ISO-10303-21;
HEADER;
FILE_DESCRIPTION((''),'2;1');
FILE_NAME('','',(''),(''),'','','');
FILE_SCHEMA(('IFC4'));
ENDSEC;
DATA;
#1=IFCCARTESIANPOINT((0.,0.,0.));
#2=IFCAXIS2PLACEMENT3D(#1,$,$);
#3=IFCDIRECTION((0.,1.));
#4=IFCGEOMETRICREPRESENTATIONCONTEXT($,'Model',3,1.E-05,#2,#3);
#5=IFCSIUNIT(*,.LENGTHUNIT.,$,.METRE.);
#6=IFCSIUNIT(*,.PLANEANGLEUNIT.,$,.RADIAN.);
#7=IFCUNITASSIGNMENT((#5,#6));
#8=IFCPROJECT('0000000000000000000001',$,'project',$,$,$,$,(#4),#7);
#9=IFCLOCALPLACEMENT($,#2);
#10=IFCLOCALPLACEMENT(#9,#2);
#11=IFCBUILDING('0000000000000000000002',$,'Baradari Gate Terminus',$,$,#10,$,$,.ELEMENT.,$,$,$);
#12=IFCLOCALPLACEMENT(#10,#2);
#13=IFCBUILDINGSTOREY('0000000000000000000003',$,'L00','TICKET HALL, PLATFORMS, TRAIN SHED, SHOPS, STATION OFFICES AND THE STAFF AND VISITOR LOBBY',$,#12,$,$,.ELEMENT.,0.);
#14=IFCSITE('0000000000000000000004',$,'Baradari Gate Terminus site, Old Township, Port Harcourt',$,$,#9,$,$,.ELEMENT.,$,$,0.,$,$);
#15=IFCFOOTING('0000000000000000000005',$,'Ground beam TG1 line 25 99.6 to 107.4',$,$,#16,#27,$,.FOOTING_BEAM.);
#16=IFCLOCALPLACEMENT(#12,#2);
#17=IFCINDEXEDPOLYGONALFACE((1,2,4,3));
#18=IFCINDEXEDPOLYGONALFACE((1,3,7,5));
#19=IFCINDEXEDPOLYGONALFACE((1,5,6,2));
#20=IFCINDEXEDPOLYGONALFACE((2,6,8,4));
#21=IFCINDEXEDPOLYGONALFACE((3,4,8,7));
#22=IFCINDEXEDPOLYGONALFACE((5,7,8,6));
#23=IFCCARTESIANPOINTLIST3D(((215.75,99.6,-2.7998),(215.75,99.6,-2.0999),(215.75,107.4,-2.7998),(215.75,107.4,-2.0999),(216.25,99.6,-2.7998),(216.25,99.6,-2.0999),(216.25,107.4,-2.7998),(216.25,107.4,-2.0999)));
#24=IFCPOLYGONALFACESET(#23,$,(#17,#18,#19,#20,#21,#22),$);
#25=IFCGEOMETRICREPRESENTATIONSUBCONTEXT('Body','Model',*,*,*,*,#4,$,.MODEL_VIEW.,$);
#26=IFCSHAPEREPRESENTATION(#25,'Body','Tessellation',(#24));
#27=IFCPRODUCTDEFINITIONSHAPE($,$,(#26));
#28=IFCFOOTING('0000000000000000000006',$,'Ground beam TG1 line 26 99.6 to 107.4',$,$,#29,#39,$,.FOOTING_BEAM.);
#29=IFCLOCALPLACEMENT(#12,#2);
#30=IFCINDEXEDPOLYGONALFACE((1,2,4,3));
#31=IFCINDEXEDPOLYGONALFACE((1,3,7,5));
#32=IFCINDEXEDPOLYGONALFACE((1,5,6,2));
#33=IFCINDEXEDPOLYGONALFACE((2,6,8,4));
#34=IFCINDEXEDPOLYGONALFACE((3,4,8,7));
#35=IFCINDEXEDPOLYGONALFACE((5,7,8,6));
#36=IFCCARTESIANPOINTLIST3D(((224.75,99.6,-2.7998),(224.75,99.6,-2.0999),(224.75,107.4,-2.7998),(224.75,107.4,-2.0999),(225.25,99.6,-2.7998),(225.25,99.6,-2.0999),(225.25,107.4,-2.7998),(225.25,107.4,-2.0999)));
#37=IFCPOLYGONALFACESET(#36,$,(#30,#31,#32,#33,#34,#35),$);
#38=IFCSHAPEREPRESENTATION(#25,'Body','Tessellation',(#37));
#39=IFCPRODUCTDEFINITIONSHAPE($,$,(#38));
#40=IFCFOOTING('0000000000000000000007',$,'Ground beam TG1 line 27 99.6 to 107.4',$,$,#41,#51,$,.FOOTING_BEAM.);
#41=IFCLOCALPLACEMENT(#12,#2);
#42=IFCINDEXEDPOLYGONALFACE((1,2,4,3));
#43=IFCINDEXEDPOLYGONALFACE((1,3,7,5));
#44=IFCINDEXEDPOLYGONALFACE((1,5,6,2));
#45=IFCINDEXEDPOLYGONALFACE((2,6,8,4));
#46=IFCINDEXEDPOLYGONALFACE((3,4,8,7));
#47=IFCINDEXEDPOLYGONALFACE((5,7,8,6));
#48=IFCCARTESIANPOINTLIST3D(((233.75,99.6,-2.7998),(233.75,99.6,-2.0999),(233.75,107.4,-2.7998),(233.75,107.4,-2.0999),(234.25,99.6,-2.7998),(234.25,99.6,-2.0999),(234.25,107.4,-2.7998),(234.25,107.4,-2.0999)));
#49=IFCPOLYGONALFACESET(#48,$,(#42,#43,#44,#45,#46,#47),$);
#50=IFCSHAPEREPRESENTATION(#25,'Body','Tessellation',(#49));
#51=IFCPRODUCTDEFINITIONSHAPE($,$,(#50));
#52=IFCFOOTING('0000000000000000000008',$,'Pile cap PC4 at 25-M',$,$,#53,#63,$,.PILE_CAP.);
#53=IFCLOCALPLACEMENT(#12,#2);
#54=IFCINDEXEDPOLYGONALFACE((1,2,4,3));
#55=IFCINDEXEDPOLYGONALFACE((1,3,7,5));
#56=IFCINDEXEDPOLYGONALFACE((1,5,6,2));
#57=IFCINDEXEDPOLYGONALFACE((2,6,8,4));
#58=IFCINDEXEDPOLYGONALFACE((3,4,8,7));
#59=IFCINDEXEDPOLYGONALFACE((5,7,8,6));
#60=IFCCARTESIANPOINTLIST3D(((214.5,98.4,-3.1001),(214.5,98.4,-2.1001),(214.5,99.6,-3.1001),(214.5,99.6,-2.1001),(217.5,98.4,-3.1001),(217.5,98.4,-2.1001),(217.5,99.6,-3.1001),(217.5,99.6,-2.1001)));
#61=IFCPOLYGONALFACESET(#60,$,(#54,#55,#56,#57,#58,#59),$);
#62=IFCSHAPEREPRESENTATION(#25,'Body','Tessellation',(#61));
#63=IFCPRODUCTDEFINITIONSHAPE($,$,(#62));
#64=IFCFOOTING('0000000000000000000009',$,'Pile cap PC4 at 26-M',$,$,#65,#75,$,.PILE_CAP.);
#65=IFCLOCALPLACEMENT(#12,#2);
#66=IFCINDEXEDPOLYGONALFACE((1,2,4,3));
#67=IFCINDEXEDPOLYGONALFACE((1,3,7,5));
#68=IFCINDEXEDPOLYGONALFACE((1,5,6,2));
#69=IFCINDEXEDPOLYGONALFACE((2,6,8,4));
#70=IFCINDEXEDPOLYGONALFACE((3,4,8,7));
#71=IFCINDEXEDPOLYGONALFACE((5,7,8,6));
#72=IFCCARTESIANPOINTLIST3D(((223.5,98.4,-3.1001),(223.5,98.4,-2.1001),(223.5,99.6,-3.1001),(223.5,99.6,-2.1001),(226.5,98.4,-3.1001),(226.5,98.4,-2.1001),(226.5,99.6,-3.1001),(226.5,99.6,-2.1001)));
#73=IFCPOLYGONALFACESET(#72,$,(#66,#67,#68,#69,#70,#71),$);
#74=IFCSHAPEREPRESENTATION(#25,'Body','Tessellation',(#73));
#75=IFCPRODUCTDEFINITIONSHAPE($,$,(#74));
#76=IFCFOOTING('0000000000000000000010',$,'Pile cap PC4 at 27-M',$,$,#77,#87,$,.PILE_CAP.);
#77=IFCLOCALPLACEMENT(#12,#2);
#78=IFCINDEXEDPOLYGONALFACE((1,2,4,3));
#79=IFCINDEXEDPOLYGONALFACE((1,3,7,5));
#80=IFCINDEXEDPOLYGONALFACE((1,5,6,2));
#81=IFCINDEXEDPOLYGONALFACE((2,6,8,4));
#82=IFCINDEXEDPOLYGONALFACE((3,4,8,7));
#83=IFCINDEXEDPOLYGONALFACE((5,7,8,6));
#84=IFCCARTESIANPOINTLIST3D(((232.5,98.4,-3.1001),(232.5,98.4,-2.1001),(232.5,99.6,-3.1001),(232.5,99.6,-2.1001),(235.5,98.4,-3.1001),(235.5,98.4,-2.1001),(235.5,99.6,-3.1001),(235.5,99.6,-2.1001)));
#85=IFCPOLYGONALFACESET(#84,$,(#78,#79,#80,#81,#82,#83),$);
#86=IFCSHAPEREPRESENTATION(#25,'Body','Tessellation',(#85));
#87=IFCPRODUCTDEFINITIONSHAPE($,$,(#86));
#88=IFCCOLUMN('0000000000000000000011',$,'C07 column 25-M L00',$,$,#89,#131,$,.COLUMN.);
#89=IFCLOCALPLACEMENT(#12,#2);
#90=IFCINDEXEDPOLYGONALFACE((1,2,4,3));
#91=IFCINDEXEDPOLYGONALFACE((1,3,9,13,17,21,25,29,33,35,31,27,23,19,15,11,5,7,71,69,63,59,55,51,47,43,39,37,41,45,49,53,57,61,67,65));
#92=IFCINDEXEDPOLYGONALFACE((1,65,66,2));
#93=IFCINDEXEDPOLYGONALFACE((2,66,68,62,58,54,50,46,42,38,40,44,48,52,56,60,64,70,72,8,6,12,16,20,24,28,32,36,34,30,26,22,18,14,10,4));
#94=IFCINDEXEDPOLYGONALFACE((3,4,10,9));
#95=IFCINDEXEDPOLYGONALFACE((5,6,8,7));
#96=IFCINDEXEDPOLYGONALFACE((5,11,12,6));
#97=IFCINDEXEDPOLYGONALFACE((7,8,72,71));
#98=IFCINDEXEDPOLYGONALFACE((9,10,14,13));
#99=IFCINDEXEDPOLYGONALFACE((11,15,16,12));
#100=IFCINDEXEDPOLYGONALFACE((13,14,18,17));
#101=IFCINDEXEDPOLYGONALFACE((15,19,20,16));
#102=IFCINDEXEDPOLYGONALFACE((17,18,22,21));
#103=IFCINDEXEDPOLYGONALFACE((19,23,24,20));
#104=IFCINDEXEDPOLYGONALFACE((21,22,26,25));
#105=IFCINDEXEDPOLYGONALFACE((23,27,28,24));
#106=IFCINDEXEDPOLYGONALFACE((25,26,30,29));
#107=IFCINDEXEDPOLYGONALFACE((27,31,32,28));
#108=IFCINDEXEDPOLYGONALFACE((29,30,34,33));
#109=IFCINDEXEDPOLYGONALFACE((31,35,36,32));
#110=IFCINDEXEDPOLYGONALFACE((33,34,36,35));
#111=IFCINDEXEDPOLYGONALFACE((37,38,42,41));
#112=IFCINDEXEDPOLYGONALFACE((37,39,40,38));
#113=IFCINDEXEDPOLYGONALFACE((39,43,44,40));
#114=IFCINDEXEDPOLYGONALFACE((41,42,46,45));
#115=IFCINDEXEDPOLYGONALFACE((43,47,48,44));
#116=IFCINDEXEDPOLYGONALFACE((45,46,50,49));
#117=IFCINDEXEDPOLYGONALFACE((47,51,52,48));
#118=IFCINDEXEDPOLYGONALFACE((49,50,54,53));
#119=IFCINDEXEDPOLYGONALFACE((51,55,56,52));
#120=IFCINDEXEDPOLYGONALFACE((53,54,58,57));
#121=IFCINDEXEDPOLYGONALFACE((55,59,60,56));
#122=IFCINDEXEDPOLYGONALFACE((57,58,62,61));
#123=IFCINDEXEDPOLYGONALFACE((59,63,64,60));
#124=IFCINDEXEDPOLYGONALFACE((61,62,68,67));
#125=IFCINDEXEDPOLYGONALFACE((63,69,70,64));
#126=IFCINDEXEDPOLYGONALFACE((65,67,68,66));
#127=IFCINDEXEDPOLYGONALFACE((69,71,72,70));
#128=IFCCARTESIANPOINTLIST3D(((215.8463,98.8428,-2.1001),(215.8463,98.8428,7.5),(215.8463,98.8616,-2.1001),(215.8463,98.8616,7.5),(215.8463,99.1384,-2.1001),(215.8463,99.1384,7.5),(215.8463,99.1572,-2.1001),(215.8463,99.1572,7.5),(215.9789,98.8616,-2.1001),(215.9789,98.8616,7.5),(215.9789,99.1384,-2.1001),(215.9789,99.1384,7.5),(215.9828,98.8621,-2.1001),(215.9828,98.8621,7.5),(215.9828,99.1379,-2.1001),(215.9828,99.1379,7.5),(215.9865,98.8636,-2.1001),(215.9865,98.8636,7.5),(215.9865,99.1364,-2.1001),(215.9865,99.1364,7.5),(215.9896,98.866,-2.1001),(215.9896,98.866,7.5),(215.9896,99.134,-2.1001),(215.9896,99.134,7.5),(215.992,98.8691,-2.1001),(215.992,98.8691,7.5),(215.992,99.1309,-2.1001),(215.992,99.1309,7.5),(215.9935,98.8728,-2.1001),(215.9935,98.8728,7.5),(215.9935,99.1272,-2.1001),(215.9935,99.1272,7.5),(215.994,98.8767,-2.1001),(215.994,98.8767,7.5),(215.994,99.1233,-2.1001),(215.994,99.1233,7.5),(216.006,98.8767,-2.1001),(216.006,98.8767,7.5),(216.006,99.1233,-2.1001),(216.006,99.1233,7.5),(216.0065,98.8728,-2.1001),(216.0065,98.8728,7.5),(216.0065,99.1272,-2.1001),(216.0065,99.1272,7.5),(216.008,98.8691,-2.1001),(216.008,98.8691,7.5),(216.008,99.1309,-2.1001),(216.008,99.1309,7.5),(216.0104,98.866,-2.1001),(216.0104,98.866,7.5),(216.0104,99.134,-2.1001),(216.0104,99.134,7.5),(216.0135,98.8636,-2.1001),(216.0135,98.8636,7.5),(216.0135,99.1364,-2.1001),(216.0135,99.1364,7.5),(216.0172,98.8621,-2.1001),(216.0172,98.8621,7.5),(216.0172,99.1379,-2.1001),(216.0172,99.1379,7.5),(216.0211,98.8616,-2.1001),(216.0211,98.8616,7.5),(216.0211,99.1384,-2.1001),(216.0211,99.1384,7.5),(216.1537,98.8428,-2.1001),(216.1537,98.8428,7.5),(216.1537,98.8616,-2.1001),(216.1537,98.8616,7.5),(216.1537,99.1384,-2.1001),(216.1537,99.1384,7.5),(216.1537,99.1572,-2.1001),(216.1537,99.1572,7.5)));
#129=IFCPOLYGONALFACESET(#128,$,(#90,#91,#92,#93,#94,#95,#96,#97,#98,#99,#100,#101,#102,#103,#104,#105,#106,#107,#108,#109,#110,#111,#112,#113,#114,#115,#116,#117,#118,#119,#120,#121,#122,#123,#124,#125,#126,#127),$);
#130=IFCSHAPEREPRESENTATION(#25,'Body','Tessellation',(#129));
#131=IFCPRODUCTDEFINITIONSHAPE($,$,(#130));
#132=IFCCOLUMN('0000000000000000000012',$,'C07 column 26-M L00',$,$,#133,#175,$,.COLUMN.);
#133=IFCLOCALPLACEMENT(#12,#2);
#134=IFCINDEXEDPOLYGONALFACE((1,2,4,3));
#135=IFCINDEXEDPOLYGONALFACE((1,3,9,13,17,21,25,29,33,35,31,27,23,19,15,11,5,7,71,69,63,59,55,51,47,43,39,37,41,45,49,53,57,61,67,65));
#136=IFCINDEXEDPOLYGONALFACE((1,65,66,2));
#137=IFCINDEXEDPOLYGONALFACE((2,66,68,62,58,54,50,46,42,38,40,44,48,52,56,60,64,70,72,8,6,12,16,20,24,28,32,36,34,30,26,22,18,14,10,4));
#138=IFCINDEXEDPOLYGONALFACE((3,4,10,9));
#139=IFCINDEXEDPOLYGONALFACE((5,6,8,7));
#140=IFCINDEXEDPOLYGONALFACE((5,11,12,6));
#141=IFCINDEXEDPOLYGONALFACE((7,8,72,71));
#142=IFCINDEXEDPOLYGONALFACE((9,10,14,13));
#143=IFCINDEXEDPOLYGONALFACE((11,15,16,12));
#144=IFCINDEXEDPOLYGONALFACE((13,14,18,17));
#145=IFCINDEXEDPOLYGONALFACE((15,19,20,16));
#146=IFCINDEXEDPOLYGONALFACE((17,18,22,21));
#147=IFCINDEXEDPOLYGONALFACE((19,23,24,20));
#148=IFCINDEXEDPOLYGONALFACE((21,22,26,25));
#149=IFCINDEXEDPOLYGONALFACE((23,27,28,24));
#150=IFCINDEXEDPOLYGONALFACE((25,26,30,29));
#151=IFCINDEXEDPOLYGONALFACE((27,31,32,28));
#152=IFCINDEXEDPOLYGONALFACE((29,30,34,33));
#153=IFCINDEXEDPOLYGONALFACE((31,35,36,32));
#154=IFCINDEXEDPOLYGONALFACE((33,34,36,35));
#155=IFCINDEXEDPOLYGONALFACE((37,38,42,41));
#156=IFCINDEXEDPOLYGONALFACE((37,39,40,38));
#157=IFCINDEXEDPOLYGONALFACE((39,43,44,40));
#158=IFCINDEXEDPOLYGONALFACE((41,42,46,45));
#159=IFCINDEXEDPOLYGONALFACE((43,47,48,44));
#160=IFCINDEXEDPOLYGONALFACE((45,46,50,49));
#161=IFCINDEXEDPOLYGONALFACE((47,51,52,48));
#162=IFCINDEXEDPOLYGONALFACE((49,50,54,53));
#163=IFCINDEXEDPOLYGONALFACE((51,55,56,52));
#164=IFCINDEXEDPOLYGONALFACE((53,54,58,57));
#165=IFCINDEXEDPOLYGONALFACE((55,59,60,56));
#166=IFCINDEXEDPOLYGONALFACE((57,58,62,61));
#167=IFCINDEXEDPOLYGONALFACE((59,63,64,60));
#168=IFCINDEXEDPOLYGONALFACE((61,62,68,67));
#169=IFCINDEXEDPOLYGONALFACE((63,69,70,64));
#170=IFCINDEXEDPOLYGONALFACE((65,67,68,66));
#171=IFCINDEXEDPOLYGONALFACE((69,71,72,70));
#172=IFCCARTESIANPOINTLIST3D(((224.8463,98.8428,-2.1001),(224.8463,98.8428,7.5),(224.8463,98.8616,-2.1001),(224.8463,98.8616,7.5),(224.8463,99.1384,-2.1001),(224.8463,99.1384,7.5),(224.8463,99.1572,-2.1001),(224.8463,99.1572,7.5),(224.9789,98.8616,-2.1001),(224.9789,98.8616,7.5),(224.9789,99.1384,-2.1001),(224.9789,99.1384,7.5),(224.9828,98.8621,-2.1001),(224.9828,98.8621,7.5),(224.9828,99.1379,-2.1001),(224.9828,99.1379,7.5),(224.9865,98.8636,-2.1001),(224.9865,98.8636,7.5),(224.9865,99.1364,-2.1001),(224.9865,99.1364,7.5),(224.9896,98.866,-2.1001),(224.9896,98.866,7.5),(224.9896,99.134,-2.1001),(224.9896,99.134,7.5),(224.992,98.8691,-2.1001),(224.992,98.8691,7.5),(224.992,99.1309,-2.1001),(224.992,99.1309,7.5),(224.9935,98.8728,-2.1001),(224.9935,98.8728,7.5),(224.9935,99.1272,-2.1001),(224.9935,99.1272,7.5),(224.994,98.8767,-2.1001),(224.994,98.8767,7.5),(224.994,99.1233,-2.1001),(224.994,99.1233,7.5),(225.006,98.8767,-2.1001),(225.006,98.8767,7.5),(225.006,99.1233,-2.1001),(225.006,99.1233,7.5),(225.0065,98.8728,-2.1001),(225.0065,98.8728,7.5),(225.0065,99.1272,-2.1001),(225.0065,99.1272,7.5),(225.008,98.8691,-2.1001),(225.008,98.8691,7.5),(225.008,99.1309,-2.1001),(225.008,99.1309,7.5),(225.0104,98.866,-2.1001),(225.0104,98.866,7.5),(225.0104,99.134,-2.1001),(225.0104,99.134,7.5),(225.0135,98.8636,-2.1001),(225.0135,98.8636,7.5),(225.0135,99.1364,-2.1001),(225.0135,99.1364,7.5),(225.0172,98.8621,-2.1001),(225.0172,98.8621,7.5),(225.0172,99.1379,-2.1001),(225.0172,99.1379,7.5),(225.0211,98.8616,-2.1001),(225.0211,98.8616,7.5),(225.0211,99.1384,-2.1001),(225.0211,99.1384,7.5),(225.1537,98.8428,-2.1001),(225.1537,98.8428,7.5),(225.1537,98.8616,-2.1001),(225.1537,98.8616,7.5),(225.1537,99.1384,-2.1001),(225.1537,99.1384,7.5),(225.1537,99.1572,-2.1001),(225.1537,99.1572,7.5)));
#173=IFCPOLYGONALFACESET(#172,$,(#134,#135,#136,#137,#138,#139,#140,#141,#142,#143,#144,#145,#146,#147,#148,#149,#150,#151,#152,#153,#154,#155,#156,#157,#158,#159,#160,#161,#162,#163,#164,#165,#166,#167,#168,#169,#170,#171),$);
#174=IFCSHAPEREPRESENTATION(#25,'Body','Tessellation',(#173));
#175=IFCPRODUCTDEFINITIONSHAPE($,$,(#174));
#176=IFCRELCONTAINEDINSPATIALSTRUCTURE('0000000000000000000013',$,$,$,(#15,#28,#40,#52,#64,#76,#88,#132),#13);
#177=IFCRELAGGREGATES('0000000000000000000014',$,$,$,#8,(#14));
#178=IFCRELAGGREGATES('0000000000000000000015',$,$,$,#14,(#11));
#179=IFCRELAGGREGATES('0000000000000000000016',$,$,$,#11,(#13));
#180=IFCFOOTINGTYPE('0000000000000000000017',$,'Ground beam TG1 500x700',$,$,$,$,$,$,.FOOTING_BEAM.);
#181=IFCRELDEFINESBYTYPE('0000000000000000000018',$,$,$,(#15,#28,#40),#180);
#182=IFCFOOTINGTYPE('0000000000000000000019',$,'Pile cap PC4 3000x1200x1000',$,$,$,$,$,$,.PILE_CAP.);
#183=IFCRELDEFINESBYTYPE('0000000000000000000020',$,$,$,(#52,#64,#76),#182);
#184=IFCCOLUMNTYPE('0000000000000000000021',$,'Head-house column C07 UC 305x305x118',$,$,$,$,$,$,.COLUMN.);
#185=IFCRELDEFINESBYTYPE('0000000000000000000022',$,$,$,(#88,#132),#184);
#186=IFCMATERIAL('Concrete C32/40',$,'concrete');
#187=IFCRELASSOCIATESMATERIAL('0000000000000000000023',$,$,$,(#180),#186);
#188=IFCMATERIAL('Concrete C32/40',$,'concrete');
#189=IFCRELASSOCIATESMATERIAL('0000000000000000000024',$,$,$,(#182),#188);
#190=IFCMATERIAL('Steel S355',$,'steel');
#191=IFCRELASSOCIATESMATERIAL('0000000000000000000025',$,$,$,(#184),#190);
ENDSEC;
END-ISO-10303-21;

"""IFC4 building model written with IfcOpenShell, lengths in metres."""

from ifc_helpers import new_model, si_unit, direction, frame, origin, origin_2d, place, context, subcontext, project, spatial, rectangle, i_section, extrude, material, material_profile, profile_set, type_object, element, save


model = new_model("IFC4")

# Units and contexts
model_context = context("Model", 3, precision=1e-05, world=origin(), true_north=direction((0.0, 1.0)))
body_context = subcontext(model_context, "Body", "Model", "MODEL_VIEW")
ifc_project = project(units=[si_unit("LENGTHUNIT", "METRE"), si_unit("PLANEANGLEUNIT", "RADIAN")], contexts=[model_context])

# Site, building, storey
site_placement = place(None, origin())
site = spatial("IfcSite", under=ifc_project, at=site_placement, Name="Baradari Gate Terminus site, Old Township, Port Harcourt", CompositionType="ELEMENT", RefElevation=0.0)
building_placement = place(site_placement, origin())
building = spatial("IfcBuilding", under=site, at=building_placement, Name="Baradari Gate Terminus", CompositionType="ELEMENT")
storey_placement = place(building_placement, origin())
storey = spatial("IfcBuildingStorey", under=building, at=storey_placement, Name="L00", Description="TICKET HALL, PLATFORMS, TRAIN SHED, SHOPS, STATION OFFICES AND THE STAFF AND VISITOR LOBBY", CompositionType="ELEMENT", Elevation=0.0)

# Footings
ifc_material_1 = material(Name="Concrete C32/40", Category="concrete")
footing_type_1 = type_object("IfcFootingType", Name="Ground beam TG1 500x700", PredefinedType="FOOTING_BEAM", material=ifc_material_1)
for number, where, z_axis, x_axis, name in (
    (1, (216.0, 103.5, -2.7998), (0.0, 0.0, 1.0), (1.0, 0.0, 0.0), "Ground beam TG1 line 25 99.6 to 107.4"),
    (2, (225.0, 103.5, -2.7998), (0.0, 0.0, 1.0), (1.0, 0.0, 0.0), "Ground beam TG1 line 26 99.6 to 107.4"),
    (3, (234.0, 103.5, -2.7998), (0.0, 0.0, 1.0), (1.0, 0.0, 0.0), "Ground beam TG1 line 27 99.6 to 107.4"),
):
    element("IfcFooting", number, at=place(storey_placement, frame(where, z_axis=z_axis, x_axis=x_axis)), inside=storey, type_object=footing_type_1, Name=name, PredefinedType="FOOTING_BEAM", context=body_context, shape_type="SweptSolid", body=[
        extrude(rectangle(XDim=0.5, YDim=7.8, at=origin_2d()), origin(), (0.0, 0.0, 1.0), 0.7),
    ])
ifc_material_2 = material(Name="Concrete C32/40", Category="concrete")
footing_type_2 = type_object("IfcFootingType", Name="Pile cap PC4 3000x1200x1000", PredefinedType="PILE_CAP", material=ifc_material_2)
for number, where, z_axis, x_axis, name in (
    (4, (216.0, 99.0, -3.1001), (0.0, 0.0, 1.0), (1.0, 0.0, 0.0), "Pile cap PC4 at 25-M"),
    (5, (225.0, 99.0, -3.1001), (0.0, 0.0, 1.0), (1.0, 0.0, 0.0), "Pile cap PC4 at 26-M"),
    (6, (234.0, 99.0, -3.1001), (0.0, 0.0, 1.0), (1.0, 0.0, 0.0), "Pile cap PC4 at 27-M"),
):
    element("IfcFooting", number, at=place(storey_placement, frame(where, z_axis=z_axis, x_axis=x_axis)), inside=storey, type_object=footing_type_2, Name=name, PredefinedType="PILE_CAP", context=body_context, shape_type="SweptSolid", body=[
        extrude(rectangle(XDim=3.0, YDim=1.2, at=origin_2d()), origin(), (0.0, 0.0, 1.0), 1.0),
    ])

# Columns
ifc_material_3 = material(Name="Steel S355", Category="steel")
ifc_material_profile_1 = material_profile(ifc_material_3, i_section(OverallWidth=0.3074, OverallDepth=0.3145, WebThickness=0.012, FlangeThickness=0.0188, FilletRadius=0.0151, at=origin_2d()), Name="UC 305x305x118")
ifc_profile_set_1 = profile_set([ifc_material_profile_1], Name="Steel S355")
column_type = type_object("IfcColumnType", Name="Head-house column C07 UC 305x305x118", PredefinedType="COLUMN", material=ifc_profile_set_1)
for number, where, z_axis, x_axis, name in (
    (7, (216.0, 99.0, -2.1001), (0.0, 0.0, 1.0), (1.0, 0.0, 0.0), "C07 column 25-M L00"),
    (8, (225.0, 99.0, -2.1001), (0.0, 0.0, 1.0), (1.0, 0.0, 0.0), "C07 column 26-M L00"),
):
    element("IfcColumn", number, at=place(storey_placement, frame(where, z_axis=z_axis, x_axis=x_axis)), inside=storey, type_object=column_type, Name=name, PredefinedType="COLUMN", context=body_context, shape_type="SweptSolid", body=[
        extrude(i_section(OverallWidth=0.3074, OverallDepth=0.3145, WebThickness=0.012, FlangeThickness=0.0188, FilletRadius=0.0151, at=origin_2d()), origin(), (0.0, 0.0, 1.0), 9.6001),
    ])

save(model, "model.ifc")
